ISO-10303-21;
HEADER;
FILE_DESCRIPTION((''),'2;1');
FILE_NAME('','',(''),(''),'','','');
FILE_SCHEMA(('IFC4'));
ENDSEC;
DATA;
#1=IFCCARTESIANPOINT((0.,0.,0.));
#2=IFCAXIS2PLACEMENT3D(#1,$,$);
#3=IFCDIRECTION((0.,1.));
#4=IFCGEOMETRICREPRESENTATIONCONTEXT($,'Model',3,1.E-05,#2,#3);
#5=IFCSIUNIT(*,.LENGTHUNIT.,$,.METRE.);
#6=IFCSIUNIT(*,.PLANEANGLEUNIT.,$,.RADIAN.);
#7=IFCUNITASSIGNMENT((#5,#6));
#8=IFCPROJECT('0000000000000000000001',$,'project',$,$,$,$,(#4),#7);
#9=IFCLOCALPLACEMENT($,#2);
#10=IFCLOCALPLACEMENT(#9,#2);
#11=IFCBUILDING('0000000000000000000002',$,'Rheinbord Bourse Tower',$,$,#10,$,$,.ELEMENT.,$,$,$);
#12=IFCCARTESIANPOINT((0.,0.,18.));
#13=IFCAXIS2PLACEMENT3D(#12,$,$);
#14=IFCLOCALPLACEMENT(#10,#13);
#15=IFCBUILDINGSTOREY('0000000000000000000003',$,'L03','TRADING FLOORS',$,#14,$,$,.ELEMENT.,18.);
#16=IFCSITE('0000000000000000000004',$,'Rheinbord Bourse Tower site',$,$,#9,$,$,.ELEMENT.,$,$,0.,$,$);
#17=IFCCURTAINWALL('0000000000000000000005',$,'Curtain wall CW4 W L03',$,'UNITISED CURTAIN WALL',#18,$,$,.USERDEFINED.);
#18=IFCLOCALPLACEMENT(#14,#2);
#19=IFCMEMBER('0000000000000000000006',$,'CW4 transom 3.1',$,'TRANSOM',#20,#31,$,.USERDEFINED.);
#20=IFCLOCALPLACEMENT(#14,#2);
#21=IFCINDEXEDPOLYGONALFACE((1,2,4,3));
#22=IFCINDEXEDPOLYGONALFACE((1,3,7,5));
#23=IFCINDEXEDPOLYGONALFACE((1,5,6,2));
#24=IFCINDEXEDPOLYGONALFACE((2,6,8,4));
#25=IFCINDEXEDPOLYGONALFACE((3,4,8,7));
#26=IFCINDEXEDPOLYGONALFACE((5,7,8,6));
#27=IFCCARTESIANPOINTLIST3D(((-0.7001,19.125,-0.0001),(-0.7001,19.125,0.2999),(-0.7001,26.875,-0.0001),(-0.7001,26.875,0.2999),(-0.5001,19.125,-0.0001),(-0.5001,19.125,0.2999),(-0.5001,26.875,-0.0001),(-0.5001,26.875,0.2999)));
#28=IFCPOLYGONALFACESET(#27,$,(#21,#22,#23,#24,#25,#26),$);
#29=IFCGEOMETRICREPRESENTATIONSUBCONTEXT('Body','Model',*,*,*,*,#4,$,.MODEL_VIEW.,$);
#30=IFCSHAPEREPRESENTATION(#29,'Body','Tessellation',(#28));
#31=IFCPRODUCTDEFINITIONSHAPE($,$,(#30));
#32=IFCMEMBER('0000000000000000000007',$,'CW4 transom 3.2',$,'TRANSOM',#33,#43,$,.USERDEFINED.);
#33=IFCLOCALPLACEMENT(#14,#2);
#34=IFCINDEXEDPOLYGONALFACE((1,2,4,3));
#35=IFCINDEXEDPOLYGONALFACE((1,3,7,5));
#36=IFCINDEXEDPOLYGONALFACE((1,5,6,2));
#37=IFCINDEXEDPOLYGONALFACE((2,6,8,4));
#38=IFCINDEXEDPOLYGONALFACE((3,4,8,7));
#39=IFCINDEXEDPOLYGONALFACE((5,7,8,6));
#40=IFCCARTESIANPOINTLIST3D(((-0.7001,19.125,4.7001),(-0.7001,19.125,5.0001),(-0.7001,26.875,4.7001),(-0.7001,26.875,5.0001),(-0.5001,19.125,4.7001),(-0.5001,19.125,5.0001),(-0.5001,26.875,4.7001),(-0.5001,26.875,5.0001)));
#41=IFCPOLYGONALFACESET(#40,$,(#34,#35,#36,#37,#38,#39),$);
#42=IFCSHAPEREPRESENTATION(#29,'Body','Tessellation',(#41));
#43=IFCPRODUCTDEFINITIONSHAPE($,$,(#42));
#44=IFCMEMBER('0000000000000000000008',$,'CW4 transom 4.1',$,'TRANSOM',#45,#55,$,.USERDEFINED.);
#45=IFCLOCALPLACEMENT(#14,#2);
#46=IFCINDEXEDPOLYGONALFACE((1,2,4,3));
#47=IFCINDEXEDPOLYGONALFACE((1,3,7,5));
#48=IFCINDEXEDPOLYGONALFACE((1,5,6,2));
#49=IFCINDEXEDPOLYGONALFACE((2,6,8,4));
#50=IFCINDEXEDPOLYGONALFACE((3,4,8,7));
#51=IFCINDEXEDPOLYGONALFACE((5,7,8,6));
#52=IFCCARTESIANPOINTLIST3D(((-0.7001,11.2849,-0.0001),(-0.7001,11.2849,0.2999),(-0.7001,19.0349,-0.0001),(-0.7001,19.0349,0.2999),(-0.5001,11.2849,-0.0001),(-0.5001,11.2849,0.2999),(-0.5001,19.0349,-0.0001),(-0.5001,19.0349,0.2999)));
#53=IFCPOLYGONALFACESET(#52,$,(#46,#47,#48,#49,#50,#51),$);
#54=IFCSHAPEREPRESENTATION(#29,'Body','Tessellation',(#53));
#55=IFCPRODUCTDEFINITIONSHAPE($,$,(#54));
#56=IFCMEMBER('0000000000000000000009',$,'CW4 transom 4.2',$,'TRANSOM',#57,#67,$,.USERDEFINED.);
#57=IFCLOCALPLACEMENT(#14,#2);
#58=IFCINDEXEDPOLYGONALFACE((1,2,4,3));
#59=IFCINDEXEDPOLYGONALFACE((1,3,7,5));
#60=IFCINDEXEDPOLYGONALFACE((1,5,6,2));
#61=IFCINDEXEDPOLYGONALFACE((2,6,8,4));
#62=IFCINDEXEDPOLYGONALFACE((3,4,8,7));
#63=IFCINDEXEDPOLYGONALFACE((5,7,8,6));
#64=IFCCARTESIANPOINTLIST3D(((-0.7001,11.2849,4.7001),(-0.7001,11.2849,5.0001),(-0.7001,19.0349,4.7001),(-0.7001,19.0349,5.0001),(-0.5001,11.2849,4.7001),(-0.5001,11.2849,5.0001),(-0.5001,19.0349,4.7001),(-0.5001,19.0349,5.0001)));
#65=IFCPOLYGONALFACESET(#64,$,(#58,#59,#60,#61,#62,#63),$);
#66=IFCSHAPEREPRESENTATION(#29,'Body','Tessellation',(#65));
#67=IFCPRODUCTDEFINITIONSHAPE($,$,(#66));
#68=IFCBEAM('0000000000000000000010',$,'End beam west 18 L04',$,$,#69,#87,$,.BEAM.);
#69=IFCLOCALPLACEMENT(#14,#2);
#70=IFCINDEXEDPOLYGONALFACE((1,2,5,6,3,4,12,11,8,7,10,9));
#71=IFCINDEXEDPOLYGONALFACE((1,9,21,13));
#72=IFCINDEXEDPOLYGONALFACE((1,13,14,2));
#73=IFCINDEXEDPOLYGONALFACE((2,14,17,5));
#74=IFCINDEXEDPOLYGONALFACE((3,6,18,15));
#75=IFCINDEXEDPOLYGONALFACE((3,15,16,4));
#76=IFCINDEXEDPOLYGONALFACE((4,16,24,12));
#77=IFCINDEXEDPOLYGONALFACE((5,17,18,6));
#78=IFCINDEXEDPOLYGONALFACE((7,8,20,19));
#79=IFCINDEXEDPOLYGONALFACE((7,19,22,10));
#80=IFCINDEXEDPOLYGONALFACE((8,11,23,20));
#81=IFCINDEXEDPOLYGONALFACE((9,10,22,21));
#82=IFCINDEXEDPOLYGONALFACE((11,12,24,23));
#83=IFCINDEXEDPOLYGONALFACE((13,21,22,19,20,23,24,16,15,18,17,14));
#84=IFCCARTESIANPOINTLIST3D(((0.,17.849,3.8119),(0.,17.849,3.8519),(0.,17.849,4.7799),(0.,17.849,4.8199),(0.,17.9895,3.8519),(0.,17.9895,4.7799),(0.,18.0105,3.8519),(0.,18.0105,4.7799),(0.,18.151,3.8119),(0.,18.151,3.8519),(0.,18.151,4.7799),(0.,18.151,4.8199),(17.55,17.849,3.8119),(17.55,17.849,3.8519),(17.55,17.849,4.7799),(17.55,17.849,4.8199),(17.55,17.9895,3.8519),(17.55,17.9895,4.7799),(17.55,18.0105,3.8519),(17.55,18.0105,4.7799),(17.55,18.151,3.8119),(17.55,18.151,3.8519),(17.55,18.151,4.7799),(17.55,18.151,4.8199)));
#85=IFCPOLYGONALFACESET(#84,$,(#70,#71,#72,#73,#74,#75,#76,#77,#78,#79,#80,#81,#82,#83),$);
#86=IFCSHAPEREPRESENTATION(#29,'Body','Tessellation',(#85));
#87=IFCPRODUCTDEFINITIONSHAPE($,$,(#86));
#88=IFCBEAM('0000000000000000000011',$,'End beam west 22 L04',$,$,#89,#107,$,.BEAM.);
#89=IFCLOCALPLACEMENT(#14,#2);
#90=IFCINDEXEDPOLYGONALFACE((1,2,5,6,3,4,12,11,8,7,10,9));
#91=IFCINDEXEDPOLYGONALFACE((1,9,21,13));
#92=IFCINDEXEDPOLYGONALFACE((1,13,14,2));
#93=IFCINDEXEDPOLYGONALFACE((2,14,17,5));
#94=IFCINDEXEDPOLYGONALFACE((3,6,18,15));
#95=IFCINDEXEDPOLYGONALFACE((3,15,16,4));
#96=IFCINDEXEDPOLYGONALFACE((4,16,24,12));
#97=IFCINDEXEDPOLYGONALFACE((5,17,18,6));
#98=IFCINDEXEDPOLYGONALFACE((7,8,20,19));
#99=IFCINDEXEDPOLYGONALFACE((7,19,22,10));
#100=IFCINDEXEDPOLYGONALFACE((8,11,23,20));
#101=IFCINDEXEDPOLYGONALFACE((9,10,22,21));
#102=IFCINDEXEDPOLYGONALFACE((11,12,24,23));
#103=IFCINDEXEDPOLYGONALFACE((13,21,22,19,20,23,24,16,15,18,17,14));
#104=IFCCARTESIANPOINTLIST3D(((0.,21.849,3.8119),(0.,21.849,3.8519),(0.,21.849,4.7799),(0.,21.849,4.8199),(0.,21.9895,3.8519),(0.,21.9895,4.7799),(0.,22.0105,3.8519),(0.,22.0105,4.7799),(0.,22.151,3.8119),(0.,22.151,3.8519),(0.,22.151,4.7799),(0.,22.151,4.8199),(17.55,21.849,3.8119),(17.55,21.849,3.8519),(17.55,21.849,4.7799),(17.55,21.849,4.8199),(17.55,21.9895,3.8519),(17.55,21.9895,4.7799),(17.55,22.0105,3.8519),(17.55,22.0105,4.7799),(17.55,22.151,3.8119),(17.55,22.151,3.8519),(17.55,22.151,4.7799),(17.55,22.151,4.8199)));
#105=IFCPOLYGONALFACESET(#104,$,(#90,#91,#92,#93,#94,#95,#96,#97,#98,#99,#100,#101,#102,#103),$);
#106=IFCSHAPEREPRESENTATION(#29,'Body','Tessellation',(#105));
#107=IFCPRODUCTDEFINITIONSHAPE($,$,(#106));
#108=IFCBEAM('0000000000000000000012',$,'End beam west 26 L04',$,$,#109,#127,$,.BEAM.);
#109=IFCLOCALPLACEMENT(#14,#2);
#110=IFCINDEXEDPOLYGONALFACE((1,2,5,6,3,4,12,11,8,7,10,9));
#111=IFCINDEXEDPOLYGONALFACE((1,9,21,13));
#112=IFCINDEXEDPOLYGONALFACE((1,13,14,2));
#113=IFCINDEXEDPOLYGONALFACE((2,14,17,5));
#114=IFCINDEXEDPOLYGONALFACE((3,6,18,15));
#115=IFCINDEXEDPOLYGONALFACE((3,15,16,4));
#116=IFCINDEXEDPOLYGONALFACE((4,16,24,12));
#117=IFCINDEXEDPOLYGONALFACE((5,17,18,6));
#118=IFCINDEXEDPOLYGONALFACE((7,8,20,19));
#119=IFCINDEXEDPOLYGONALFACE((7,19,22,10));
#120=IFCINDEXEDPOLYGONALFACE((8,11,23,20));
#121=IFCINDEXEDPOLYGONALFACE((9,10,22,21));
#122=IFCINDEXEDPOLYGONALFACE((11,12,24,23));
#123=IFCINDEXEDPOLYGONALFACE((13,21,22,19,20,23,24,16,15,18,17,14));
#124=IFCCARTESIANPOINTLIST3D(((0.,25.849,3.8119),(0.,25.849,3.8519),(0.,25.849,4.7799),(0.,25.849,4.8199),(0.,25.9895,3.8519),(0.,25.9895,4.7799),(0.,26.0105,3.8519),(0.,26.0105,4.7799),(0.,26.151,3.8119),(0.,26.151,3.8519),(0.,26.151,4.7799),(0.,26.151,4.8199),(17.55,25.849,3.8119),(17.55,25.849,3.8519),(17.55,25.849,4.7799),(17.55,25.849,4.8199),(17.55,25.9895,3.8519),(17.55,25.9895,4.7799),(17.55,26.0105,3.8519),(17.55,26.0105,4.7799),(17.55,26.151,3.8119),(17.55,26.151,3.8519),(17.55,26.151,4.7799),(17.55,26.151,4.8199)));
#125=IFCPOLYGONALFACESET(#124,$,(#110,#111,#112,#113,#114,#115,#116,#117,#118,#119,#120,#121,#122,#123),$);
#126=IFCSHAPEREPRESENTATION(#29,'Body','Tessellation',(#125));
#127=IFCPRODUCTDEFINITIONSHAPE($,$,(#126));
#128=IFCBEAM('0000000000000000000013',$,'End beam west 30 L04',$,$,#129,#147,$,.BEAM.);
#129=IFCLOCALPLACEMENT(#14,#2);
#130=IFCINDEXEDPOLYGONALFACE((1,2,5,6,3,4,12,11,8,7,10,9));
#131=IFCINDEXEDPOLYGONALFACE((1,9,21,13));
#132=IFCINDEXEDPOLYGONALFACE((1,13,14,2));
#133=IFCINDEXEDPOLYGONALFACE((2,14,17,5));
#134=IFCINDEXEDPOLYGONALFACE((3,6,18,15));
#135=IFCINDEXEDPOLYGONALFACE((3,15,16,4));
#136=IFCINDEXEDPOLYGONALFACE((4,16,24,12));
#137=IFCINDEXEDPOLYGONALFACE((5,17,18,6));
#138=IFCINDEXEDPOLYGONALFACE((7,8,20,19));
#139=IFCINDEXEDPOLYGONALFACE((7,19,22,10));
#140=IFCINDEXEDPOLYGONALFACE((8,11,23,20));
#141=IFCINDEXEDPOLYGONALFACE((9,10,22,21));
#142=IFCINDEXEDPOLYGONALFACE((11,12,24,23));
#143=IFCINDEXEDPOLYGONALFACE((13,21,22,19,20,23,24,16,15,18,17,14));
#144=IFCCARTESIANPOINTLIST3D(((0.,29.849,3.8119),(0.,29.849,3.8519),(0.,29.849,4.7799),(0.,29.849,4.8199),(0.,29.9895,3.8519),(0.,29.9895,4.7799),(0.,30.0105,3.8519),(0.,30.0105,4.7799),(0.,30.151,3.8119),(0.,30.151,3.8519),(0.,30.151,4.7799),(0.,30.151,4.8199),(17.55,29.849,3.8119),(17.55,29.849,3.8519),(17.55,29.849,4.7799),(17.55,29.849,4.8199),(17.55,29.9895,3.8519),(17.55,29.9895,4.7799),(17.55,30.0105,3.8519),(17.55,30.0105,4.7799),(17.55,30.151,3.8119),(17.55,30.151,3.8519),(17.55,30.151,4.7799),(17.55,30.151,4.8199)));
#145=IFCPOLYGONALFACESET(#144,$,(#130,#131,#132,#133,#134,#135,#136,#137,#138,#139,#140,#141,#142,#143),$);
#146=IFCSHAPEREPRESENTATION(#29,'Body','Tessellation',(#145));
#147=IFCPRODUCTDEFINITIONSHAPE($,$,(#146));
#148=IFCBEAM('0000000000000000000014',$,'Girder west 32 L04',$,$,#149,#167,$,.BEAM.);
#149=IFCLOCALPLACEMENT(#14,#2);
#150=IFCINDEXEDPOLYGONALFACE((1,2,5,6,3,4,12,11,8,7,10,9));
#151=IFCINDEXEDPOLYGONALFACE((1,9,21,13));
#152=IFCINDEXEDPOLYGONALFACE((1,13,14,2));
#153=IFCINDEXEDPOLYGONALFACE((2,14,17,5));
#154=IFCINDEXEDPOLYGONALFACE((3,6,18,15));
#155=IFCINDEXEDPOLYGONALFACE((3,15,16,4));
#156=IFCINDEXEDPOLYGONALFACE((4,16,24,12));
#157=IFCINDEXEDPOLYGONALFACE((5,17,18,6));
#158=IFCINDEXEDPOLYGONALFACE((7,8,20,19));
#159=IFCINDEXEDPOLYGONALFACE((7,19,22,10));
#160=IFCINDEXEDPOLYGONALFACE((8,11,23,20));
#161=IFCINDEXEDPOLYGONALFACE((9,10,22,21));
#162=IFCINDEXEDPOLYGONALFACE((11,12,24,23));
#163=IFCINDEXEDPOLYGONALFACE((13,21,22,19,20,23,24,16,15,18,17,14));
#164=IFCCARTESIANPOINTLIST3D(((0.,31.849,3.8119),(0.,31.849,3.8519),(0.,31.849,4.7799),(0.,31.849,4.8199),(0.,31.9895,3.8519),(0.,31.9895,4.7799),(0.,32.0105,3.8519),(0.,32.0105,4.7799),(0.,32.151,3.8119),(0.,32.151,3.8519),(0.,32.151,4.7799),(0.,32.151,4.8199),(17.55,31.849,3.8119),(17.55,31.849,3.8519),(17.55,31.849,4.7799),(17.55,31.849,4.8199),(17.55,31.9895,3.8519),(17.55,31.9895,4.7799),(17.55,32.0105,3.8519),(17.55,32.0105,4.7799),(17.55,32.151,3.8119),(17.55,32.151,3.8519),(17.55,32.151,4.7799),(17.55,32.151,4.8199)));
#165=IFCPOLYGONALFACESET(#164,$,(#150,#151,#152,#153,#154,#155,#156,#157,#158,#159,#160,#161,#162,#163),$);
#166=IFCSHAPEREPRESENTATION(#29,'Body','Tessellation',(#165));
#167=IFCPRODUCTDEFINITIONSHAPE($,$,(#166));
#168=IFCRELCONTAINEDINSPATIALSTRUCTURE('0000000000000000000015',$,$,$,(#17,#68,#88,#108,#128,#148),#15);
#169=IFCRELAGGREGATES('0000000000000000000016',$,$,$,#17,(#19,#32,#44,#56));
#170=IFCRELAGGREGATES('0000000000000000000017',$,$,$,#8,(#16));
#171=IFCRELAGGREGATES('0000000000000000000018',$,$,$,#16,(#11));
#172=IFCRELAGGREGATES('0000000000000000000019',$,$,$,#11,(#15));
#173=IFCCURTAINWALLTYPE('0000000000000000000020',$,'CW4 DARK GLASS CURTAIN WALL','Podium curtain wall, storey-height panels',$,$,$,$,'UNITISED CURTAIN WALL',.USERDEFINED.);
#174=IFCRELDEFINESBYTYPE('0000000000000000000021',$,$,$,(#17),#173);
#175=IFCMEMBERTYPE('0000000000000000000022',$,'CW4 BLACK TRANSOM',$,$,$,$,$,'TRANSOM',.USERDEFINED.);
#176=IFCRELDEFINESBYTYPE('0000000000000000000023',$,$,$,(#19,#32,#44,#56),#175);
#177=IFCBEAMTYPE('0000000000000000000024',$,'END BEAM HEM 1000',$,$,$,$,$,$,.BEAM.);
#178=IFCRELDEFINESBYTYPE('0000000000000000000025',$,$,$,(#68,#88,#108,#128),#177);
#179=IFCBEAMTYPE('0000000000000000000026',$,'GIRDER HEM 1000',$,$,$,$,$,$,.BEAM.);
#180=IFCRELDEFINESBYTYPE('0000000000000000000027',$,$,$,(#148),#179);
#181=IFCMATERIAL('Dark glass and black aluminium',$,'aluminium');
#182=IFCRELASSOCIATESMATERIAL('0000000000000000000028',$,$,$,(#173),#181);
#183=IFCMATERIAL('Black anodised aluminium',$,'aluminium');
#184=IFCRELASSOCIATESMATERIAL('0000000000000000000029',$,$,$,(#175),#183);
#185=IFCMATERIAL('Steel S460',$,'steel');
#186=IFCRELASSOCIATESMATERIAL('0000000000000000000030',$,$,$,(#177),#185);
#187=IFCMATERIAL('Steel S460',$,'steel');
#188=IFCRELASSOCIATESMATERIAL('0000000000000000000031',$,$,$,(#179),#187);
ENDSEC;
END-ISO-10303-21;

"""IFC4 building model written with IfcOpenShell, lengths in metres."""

from ifc_helpers import new_model, si_unit, direction, frame, origin, origin_2d, place, context, subcontext, project, spatial, rectangle, i_section, extrude, material, material_profile, profile_set, type_object, element, aggregate, save


model = new_model("IFC4")

# Units and contexts
model_context = context("Model", 3, precision=1e-05, world=origin(), true_north=direction((0.0, 1.0)))
body_context = subcontext(model_context, "Body", "Model", "MODEL_VIEW")
ifc_project = project(units=[si_unit("LENGTHUNIT", "METRE"), si_unit("PLANEANGLEUNIT", "RADIAN")], contexts=[model_context])

# Site, building, storey
site_placement = place(None, origin())
site = spatial("IfcSite", under=ifc_project, at=site_placement, Name="Rheinbord Bourse Tower site", CompositionType="ELEMENT", RefElevation=0.0)
building_placement = place(site_placement, origin())
building = spatial("IfcBuilding", under=site, at=building_placement, Name="Rheinbord Bourse Tower", CompositionType="ELEMENT")
storey_placement = place(building_placement, frame((0.0, 0.0, 18.0)))
storey = spatial("IfcBuildingStorey", under=building, at=storey_placement, Name="L03", Description="TRADING FLOORS", CompositionType="ELEMENT", Elevation=18.0)

# Curtain wall, members
ifc_material_1 = material(Name="Dark glass and black aluminium", Category="aluminium")
curtain_wall_type = type_object("IfcCurtainWallType", Name="CW4 DARK GLASS CURTAIN WALL", Description="Podium curtain wall, storey-height panels", ElementType="UNITISED CURTAIN WALL", PredefinedType="USERDEFINED", material=ifc_material_1)
curtain_wall_placement = place(storey_placement, origin())
curtain_wall = element("IfcCurtainWall", 1, at=curtain_wall_placement, inside=storey, type_object=curtain_wall_type, Name="Curtain wall CW4 W L03", ObjectType="UNITISED CURTAIN WALL", PredefinedType="USERDEFINED")
ifc_material_2 = material(Name="Black anodised aluminium", Category="aluminium")
ifc_material_profile_1 = material_profile(ifc_material_2, rectangle(XDim=0.2, YDim=0.3, at=origin_2d()), Name="CW4 TRANSOM 300x200")
ifc_profile_set_1 = profile_set([ifc_material_profile_1], Name="Black anodised aluminium")
member_type_1 = type_object("IfcMemberType", Name="CW4 BLACK TRANSOM", ElementType="TRANSOM", PredefinedType="USERDEFINED", material=ifc_profile_set_1)
member_1_placement = place(storey_placement, frame((-0.6001, 26.875, 0.1499), z_axis=(0.0, -1.0, 0.0), x_axis=(1.0, 0.0, 0.0)))
member_1 = element("IfcMember", 2, at=member_1_placement, type_object=member_type_1, Name="CW4 transom 3.1", ObjectType="TRANSOM", PredefinedType="USERDEFINED", context=body_context, shape_type="SweptSolid", body=[
    extrude(rectangle(XDim=0.2, YDim=0.3, at=origin_2d()), origin(), (0.0, 0.0, 1.0), 7.75),
])
member_2_placement = place(storey_placement, frame((-0.6001, 26.875, 4.8501), z_axis=(0.0, -1.0, 0.0), x_axis=(1.0, 0.0, 0.0)))
member_2 = element("IfcMember", 3, at=member_2_placement, type_object=member_type_1, Name="CW4 transom 3.2", ObjectType="TRANSOM", PredefinedType="USERDEFINED", context=body_context, shape_type="SweptSolid", body=[
    extrude(rectangle(XDim=0.2, YDim=0.3, at=origin_2d()), origin(), (0.0, 0.0, 1.0), 7.75),
])
member_3_placement = place(storey_placement, frame((-0.6001, 19.0349, 0.1499), z_axis=(0.0, -1.0, 0.0), x_axis=(1.0, 0.0, 0.0)))
member_3 = element("IfcMember", 4, at=member_3_placement, type_object=member_type_1, Name="CW4 transom 4.1", ObjectType="TRANSOM", PredefinedType="USERDEFINED", context=body_context, shape_type="SweptSolid", body=[
    extrude(rectangle(XDim=0.2, YDim=0.3, at=origin_2d()), origin(), (0.0, 0.0, 1.0), 7.75),
])
member_4_placement = place(storey_placement, frame((-0.6001, 19.0349, 4.8501), z_axis=(0.0, -1.0, 0.0), x_axis=(1.0, 0.0, 0.0)))
member_4 = element("IfcMember", 5, at=member_4_placement, type_object=member_type_1, Name="CW4 transom 4.2", ObjectType="TRANSOM", PredefinedType="USERDEFINED", context=body_context, shape_type="SweptSolid", body=[
    extrude(rectangle(XDim=0.2, YDim=0.3, at=origin_2d()), origin(), (0.0, 0.0, 1.0), 7.75),
])

# Beams
ifc_material_3 = material(Name="Steel S460", Category="steel")
ifc_material_profile_2 = material_profile(ifc_material_3, i_section(OverallWidth=0.302, OverallDepth=1.0081, WebThickness=0.021, FlangeThickness=0.04, at=origin_2d()), Name="HEM 1000")
ifc_profile_set_2 = profile_set([ifc_material_profile_2], Name="Steel S460")
beam_type_1 = type_object("IfcBeamType", Name="END BEAM HEM 1000", PredefinedType="BEAM", material=ifc_profile_set_2)
for number, where, z_axis, x_axis, name in (
    (6, (0.0, 18.0, 4.3159), (1.0, 0.0, 0.0), (0.0, 1.0, 0.0), "End beam west 18 L04"),
    (7, (0.0, 22.0, 4.3159), (1.0, 0.0, 0.0), (0.0, 1.0, 0.0), "End beam west 22 L04"),
    (8, (0.0, 26.0, 4.3159), (1.0, 0.0, 0.0), (0.0, 1.0, 0.0), "End beam west 26 L04"),
    (9, (0.0, 30.0, 4.3159), (1.0, 0.0, 0.0), (0.0, 1.0, 0.0), "End beam west 30 L04"),
):
    element("IfcBeam", number, at=place(storey_placement, frame(where, z_axis=z_axis, x_axis=x_axis)), inside=storey, type_object=beam_type_1, Name=name, PredefinedType="BEAM", context=body_context, shape_type="SweptSolid", body=[
        extrude(i_section(OverallWidth=0.302, OverallDepth=1.0081, WebThickness=0.021, FlangeThickness=0.04, at=origin_2d()), origin(), (0.0, 0.0, 1.0), 17.55),
    ])
ifc_material_4 = material(Name="Steel S460", Category="steel")
ifc_material_profile_3 = material_profile(ifc_material_4, i_section(OverallWidth=0.302, OverallDepth=1.0081, WebThickness=0.021, FlangeThickness=0.04, at=origin_2d()), Name="HEM 1000")
ifc_profile_set_3 = profile_set([ifc_material_profile_3], Name="Steel S460")
beam_type_2 = type_object("IfcBeamType", Name="GIRDER HEM 1000", PredefinedType="BEAM", material=ifc_profile_set_3)
beam_1_placement = place(storey_placement, frame((0.0, 32.0, 4.3159), z_axis=(1.0, 0.0, 0.0), x_axis=(0.0, 1.0, 0.0)))
element("IfcBeam", 10, at=beam_1_placement, inside=storey, type_object=beam_type_2, Name="Girder west 32 L04", PredefinedType="BEAM", context=body_context, shape_type="SweptSolid", body=[
    extrude(i_section(OverallWidth=0.302, OverallDepth=1.0081, WebThickness=0.021, FlangeThickness=0.04, at=origin_2d()), origin(), (0.0, 0.0, 1.0), 17.55),
])

aggregate(curtain_wall, [member_1, member_2, member_3, member_4])

save(model, "model.ifc")
